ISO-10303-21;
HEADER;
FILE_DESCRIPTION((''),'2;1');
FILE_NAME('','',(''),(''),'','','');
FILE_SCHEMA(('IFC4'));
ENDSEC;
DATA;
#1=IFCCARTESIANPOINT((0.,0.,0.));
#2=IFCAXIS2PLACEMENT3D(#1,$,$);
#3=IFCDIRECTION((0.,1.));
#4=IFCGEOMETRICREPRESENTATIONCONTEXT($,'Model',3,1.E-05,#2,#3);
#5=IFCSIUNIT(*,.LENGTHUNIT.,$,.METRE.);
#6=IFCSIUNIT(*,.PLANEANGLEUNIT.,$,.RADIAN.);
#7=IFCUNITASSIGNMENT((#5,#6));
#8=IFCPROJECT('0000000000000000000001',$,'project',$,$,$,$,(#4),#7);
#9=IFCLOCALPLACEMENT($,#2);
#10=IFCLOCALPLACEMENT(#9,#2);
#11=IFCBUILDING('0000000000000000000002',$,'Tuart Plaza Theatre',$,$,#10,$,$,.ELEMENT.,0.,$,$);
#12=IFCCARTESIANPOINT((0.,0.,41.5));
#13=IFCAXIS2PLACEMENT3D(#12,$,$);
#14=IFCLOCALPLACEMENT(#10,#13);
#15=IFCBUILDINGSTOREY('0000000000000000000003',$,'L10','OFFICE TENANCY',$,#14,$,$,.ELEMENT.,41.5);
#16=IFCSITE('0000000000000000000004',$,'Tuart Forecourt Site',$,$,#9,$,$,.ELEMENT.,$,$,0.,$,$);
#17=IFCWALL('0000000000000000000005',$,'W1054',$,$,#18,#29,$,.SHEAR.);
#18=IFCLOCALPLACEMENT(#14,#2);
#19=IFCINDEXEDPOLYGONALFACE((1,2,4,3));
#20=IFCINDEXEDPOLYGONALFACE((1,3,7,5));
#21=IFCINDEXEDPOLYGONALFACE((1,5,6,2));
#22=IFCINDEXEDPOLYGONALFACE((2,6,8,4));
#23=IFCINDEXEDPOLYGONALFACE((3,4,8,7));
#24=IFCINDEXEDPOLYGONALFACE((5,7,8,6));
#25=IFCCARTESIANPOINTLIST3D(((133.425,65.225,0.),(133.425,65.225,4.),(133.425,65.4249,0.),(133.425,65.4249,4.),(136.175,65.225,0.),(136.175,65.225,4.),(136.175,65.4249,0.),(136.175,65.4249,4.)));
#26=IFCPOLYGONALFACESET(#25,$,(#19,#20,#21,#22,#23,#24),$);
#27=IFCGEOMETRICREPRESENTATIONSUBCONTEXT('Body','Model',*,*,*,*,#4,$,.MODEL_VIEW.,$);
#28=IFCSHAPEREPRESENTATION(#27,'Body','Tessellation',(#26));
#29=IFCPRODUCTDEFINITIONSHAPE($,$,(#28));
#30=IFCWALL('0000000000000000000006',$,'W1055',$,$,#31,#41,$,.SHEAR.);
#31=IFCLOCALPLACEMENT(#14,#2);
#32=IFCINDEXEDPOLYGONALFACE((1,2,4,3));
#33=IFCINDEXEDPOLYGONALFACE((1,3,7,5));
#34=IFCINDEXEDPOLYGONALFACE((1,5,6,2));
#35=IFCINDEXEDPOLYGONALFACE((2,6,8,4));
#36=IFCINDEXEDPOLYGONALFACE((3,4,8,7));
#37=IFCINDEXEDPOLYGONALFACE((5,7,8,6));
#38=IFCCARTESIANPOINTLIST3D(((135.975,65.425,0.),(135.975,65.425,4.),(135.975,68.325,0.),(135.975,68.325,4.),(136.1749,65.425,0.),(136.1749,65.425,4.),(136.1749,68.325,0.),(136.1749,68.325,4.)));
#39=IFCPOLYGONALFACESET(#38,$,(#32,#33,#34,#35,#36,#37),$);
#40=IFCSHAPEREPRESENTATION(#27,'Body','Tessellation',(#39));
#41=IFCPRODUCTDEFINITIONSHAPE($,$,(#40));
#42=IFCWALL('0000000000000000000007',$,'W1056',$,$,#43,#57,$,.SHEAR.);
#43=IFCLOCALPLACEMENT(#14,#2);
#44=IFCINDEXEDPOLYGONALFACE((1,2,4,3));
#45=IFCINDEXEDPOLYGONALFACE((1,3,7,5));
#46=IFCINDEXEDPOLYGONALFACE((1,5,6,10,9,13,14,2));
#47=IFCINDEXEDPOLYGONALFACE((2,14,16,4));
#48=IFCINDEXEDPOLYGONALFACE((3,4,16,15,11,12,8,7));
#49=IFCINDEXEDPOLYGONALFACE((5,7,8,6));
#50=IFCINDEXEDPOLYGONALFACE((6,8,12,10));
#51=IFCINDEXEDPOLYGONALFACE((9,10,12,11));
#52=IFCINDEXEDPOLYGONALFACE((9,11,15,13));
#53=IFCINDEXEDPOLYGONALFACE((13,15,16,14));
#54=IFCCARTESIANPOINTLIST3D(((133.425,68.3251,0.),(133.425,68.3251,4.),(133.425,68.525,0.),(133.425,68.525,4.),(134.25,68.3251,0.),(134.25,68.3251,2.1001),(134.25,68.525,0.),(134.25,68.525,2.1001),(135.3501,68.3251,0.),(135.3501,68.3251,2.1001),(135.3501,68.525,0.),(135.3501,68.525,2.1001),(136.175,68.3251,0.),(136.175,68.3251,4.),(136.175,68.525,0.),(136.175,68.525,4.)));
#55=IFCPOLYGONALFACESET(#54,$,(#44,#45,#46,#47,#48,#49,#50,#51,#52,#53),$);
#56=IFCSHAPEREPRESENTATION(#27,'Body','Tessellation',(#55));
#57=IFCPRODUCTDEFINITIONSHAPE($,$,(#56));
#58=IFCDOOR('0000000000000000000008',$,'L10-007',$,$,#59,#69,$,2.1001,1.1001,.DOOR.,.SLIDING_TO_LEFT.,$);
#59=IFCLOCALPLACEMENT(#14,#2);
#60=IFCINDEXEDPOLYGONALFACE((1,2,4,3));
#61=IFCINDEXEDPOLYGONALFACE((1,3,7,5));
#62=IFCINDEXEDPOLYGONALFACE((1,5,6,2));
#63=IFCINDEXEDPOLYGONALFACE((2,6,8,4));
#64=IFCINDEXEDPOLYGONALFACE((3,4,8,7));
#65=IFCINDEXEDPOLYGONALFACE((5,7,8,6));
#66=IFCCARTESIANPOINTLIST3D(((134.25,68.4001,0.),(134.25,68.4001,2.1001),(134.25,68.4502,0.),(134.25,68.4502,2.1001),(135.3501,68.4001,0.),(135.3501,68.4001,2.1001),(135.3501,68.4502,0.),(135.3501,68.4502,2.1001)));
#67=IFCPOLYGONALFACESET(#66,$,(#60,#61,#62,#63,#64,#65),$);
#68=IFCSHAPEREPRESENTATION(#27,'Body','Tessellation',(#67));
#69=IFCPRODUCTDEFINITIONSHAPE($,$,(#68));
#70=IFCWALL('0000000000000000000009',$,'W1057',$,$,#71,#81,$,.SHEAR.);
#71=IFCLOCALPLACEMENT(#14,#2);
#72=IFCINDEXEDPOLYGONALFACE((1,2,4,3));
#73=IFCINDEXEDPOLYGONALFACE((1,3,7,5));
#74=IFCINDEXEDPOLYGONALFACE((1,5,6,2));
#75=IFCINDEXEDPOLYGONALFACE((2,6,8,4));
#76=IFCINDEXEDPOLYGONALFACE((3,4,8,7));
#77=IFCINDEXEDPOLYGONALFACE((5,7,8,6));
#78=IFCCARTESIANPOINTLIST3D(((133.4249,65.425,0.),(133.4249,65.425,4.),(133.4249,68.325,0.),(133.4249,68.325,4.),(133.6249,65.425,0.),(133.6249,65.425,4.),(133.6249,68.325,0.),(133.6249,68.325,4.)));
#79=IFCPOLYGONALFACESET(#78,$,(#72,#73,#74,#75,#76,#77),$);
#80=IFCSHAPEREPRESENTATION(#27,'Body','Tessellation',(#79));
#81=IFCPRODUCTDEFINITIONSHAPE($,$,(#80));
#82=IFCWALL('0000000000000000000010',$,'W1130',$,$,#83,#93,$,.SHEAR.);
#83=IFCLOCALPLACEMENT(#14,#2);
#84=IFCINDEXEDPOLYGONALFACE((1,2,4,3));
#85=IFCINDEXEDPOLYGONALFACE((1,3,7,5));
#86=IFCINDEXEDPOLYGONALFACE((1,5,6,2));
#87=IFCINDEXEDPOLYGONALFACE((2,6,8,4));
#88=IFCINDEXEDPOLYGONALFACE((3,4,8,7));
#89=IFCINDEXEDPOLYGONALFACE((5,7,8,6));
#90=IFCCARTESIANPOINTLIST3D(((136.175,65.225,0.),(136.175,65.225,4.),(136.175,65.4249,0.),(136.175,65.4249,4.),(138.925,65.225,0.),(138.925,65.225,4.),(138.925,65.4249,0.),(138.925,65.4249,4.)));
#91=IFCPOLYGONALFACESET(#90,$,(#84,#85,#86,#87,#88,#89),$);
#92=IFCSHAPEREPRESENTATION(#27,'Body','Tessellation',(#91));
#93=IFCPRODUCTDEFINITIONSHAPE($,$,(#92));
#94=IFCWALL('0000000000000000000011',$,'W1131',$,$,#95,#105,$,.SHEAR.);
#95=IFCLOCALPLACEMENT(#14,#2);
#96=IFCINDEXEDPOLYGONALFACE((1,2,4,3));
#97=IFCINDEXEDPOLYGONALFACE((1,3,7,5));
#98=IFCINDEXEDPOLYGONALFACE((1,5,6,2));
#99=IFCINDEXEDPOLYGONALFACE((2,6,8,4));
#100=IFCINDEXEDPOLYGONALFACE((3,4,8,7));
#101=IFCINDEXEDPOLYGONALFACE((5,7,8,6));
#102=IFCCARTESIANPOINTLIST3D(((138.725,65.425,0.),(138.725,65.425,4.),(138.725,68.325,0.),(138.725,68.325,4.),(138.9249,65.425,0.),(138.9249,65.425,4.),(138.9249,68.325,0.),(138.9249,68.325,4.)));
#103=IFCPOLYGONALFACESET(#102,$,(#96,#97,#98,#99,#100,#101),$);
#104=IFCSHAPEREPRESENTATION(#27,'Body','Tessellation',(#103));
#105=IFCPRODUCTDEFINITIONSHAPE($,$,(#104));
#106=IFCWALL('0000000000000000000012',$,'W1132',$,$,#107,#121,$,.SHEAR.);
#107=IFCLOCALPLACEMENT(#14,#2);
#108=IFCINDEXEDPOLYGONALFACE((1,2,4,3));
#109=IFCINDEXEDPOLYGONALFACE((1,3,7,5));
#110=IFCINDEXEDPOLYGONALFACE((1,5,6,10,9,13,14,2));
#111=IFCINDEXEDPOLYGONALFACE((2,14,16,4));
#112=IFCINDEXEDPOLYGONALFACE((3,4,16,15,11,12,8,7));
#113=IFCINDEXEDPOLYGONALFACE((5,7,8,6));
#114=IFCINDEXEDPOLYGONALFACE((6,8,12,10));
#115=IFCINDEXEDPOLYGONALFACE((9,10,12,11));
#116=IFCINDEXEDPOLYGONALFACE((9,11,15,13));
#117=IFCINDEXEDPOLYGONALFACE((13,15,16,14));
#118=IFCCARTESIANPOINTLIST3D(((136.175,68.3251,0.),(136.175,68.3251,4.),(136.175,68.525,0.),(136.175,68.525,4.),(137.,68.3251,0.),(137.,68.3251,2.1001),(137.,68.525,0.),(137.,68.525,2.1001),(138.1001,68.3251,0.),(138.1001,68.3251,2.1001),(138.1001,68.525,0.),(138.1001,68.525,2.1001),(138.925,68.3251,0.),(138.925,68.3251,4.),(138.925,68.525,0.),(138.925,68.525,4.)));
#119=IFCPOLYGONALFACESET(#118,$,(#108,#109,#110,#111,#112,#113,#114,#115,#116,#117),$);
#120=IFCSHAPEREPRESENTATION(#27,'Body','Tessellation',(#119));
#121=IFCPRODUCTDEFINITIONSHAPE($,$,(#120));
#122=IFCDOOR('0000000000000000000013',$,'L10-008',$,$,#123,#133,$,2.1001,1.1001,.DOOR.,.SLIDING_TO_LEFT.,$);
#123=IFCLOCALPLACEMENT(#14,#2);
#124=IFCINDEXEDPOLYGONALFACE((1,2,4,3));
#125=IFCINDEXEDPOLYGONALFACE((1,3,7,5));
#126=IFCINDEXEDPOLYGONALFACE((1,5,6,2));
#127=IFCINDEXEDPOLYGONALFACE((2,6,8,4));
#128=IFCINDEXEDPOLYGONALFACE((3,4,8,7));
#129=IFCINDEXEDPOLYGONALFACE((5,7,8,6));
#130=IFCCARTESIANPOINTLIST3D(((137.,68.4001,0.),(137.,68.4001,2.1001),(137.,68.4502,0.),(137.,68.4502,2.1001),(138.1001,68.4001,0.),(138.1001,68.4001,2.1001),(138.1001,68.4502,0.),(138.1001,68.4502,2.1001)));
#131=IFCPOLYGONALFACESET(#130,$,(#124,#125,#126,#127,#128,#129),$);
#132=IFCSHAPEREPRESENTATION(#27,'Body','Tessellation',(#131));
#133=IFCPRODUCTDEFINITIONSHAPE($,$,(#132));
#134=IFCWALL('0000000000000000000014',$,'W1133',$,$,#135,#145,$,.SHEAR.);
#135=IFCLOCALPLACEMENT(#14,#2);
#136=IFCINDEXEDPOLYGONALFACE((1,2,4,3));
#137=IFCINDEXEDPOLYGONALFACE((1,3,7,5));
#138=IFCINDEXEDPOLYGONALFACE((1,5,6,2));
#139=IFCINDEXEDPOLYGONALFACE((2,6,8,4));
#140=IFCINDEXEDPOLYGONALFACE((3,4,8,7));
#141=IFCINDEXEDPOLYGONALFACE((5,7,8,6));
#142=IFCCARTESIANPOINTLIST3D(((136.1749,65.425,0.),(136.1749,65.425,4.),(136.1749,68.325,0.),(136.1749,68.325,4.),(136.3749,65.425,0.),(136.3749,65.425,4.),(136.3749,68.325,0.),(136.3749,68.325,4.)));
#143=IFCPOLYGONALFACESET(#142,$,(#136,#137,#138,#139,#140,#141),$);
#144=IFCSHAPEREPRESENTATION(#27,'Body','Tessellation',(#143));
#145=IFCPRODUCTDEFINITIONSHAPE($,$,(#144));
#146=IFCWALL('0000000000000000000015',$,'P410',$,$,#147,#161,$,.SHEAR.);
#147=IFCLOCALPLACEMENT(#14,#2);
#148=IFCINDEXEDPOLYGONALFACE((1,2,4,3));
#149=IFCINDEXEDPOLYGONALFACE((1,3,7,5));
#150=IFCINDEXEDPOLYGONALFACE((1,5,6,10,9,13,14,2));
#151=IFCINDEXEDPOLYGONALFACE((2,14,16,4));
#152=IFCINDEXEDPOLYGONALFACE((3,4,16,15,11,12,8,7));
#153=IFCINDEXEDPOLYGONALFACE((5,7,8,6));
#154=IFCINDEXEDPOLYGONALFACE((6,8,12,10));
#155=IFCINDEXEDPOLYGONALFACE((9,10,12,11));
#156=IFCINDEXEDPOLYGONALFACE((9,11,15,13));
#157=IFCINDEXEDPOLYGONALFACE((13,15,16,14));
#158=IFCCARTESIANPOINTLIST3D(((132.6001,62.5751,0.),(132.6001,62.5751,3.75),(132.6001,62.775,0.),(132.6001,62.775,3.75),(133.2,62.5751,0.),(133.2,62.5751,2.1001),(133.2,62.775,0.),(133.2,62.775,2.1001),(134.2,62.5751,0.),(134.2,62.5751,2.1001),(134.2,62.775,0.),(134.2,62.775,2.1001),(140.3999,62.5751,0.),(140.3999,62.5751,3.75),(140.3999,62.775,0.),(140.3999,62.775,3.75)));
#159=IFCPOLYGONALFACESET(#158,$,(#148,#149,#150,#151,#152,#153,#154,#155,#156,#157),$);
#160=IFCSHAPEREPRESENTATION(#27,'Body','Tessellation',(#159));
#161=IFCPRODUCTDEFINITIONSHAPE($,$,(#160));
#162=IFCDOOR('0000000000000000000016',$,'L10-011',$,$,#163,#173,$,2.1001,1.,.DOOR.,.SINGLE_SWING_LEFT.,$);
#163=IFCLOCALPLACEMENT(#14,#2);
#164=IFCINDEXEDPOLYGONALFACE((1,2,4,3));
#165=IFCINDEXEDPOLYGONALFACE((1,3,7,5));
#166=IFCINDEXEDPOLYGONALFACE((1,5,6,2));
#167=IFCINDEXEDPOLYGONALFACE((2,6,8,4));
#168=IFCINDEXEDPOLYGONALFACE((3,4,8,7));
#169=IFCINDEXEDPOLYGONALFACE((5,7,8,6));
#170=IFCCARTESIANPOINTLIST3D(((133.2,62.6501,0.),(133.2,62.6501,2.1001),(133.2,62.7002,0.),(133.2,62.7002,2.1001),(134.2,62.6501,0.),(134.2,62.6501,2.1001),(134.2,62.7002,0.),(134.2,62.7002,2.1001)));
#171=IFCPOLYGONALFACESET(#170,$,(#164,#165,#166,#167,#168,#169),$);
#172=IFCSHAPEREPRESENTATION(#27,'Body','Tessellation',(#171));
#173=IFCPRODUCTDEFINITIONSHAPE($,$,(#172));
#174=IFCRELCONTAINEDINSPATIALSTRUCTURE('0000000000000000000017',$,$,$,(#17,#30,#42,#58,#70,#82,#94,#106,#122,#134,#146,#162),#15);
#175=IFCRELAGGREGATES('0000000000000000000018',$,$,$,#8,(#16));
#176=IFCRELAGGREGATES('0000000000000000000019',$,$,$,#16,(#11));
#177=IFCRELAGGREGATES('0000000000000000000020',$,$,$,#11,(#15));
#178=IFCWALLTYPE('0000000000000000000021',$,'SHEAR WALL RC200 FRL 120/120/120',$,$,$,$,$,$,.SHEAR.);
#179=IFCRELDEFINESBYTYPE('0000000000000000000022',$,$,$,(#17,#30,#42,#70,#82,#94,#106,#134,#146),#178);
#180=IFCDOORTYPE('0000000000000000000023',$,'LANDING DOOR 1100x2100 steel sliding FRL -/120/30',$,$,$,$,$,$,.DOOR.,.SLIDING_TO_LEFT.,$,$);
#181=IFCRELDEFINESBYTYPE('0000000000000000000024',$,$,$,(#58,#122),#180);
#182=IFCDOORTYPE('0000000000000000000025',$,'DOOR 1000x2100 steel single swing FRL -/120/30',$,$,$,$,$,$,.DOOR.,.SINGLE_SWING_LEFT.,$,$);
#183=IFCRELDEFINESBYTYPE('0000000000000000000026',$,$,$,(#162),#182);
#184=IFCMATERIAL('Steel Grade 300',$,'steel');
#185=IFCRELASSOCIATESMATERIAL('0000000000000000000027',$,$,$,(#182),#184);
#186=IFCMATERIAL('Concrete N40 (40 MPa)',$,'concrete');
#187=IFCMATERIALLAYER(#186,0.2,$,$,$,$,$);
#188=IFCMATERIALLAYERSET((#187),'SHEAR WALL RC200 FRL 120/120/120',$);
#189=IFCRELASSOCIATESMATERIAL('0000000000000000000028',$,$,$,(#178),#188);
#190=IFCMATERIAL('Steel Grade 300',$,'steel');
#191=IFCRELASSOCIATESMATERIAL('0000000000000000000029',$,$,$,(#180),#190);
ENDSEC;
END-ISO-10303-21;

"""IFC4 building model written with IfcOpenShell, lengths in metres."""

from ifc_helpers import new_model, si_unit, direction, frame, frame_2d, origin, place, context, subcontext, project, spatial, rectangle, extrude, material, layer, layer_set, type_object, element, fill, save


model = new_model("IFC4")

# Units and contexts
model_context = context("Model", 3, precision=1e-05, world=origin(), true_north=direction((0.0, 1.0)))
body_context = subcontext(model_context, "Body", "Model", "MODEL_VIEW")
ifc_project = project(units=[si_unit("LENGTHUNIT", "METRE"), si_unit("PLANEANGLEUNIT", "RADIAN")], contexts=[model_context])

# Site, building, storey
site_placement = place(None, origin())
site = spatial("IfcSite", under=ifc_project, at=site_placement, Name="Tuart Forecourt Site", CompositionType="ELEMENT", RefElevation=0.0)
building_placement = place(site_placement, origin())
building = spatial("IfcBuilding", under=site, at=building_placement, Name="Tuart Plaza Theatre", CompositionType="ELEMENT", ElevationOfRefHeight=0.0)
storey_placement = place(building_placement, frame((0.0, 0.0, 41.5)))
storey = spatial("IfcBuildingStorey", under=building, at=storey_placement, Name="L10", Description="OFFICE TENANCY", CompositionType="ELEMENT", Elevation=41.5)

# Shared definitions
ifc_material_1 = material(Name="Steel Grade 300", Category="steel")
door_type_1 = type_object("IfcDoorType", Name="DOOR 1000x2100 steel single swing FRL -/120/30", OperationType="SINGLE_SWING_LEFT", PredefinedType="DOOR", material=ifc_material_1)

# Walls
ifc_material_2 = material(Name="Concrete N40 (40 MPa)", Category="concrete")
ifc_layer_1 = layer(ifc_material_2, 0.2)
ifc_layer_set_1 = layer_set([ifc_layer_1], Name="SHEAR WALL RC200 FRL 120/120/120")
wall_type_1 = type_object("IfcWallType", Name="SHEAR WALL RC200 FRL 120/120/120", PredefinedType="SHEAR", material=ifc_layer_set_1)
wall_1_placement = place(storey_placement, frame((133.425, 65.325, 0.0), z_axis=(0.0, 0.0, 1.0), x_axis=(1.0, 0.0, 0.0)))
element("IfcWall", 1, at=wall_1_placement, inside=storey, type_object=wall_type_1, Name="W1054", PredefinedType="SHEAR", context=body_context, shape_type="SweptSolid", body=[
    extrude(rectangle(XDim=2.75, YDim=0.2, at=frame_2d((1.375, 0.0))), origin(), (0.0, 0.0, 1.0), 4.0),
])
wall_2_placement = place(storey_placement, frame((136.075, 65.425, 0.0), z_axis=(0.0, 0.0, 1.0), x_axis=(0.0, 1.0, 0.0)))
element("IfcWall", 2, at=wall_2_placement, inside=storey, type_object=wall_type_1, Name="W1055", PredefinedType="SHEAR", context=body_context, shape_type="SweptSolid", body=[
    extrude(rectangle(XDim=2.8999, YDim=0.2, at=frame_2d((1.45, 0.0))), origin(), (0.0, 0.0, 1.0), 4.0),
])

# Wall, opening, door
wall_3_placement = place(storey_placement, frame((136.175, 68.425, 0.0), z_axis=(0.0, 0.0, 1.0), x_axis=(-1.0, 0.0, 0.0)))
wall_3 = element("IfcWall", 3, at=wall_3_placement, inside=storey, type_object=wall_type_1, Name="W1056", PredefinedType="SHEAR", context=body_context, shape_type="SweptSolid", body=[
    extrude(rectangle(XDim=2.75, YDim=0.2, at=frame_2d((1.375, 0.0))), origin(), (0.0, 0.0, 1.0), 4.0),
])
opening_1_placement = place(wall_3_placement, frame((0.825, 0.0, 0.0)))
opening_1 = element("IfcOpeningElement", 4, at=opening_1_placement, cuts=wall_3, PredefinedType="OPENING", context=body_context, shape_type="SweptSolid", body=[
    extrude(rectangle(XDim=1.1001, YDim=2.1001, at=frame_2d((0.55, 1.05))), frame((0.0, 0.1099, 0.0), z_axis=(0.0, -1.0, 0.0), x_axis=(1.0, 0.0, 0.0)), (0.0, 0.0, 1.0), 0.22),
])
ifc_material_3 = material(Name="Steel Grade 300", Category="steel")
door_type_2 = type_object("IfcDoorType", Name="LANDING DOOR 1100x2100 steel sliding FRL -/120/30", OperationType="SLIDING_TO_LEFT", PredefinedType="DOOR", material=ifc_material_3)
door_1_placement = place(opening_1_placement, origin())
door_1 = element("IfcDoor", 5, at=door_1_placement, inside=storey, type_object=door_type_2, Name="L10-007", OperationType="SLIDING_TO_LEFT", OverallHeight=2.1001, OverallWidth=1.1001, PredefinedType="DOOR", context=body_context, shape_type="SweptSolid", body=[
    extrude(rectangle(XDim=1.1001, YDim=2.1001, at=frame_2d((0.55, 1.05))), frame((0.0, 0.0249, 0.0), z_axis=(0.0, -1.0, 0.0), x_axis=(1.0, 0.0, 0.0)), (0.0, 0.0, 1.0), 0.05),
])
fill(opening_1, door_1)

# Walls
wall_4_placement = place(storey_placement, frame((133.5249, 68.325, 0.0), z_axis=(0.0, 0.0, 1.0), x_axis=(0.0, -1.0, 0.0)))
element("IfcWall", 6, at=wall_4_placement, inside=storey, type_object=wall_type_1, Name="W1057", PredefinedType="SHEAR", context=body_context, shape_type="SweptSolid", body=[
    extrude(rectangle(XDim=2.8999, YDim=0.2, at=frame_2d((1.45, 0.0))), origin(), (0.0, 0.0, 1.0), 4.0),
])
wall_5_placement = place(storey_placement, frame((136.175, 65.325, 0.0), z_axis=(0.0, 0.0, 1.0), x_axis=(1.0, 0.0, 0.0)))
element("IfcWall", 7, at=wall_5_placement, inside=storey, type_object=wall_type_1, Name="W1130", PredefinedType="SHEAR", context=body_context, shape_type="SweptSolid", body=[
    extrude(rectangle(XDim=2.75, YDim=0.2, at=frame_2d((1.375, 0.0))), origin(), (0.0, 0.0, 1.0), 4.0),
])
wall_6_placement = place(storey_placement, frame((138.825, 65.425, 0.0), z_axis=(0.0, 0.0, 1.0), x_axis=(0.0, 1.0, 0.0)))
element("IfcWall", 8, at=wall_6_placement, inside=storey, type_object=wall_type_1, Name="W1131", PredefinedType="SHEAR", context=body_context, shape_type="SweptSolid", body=[
    extrude(rectangle(XDim=2.8999, YDim=0.2, at=frame_2d((1.45, 0.0))), origin(), (0.0, 0.0, 1.0), 4.0),
])

# Wall, opening, door
wall_7_placement = place(storey_placement, frame((138.925, 68.425, 0.0), z_axis=(0.0, 0.0, 1.0), x_axis=(-1.0, 0.0, 0.0)))
wall_7 = element("IfcWall", 9, at=wall_7_placement, inside=storey, type_object=wall_type_1, Name="W1132", PredefinedType="SHEAR", context=body_context, shape_type="SweptSolid", body=[
    extrude(rectangle(XDim=2.75, YDim=0.2, at=frame_2d((1.375, 0.0))), origin(), (0.0, 0.0, 1.0), 4.0),
])
opening_2_placement = place(wall_7_placement, frame((0.825, 0.0, 0.0)))
opening_2 = element("IfcOpeningElement", 10, at=opening_2_placement, cuts=wall_7, PredefinedType="OPENING", context=body_context, shape_type="SweptSolid", body=[
    extrude(rectangle(XDim=1.1001, YDim=2.1001, at=frame_2d((0.55, 1.05))), frame((0.0, 0.1099, 0.0), z_axis=(0.0, -1.0, 0.0), x_axis=(1.0, 0.0, 0.0)), (0.0, 0.0, 1.0), 0.22),
])
door_2_placement = place(opening_2_placement, origin())
door_2 = element("IfcDoor", 11, at=door_2_placement, inside=storey, type_object=door_type_2, Name="L10-008", OperationType="SLIDING_TO_LEFT", OverallHeight=2.1001, OverallWidth=1.1001, PredefinedType="DOOR", context=body_context, shape_type="SweptSolid", body=[
    extrude(rectangle(XDim=1.1001, YDim=2.1001, at=frame_2d((0.55, 1.05))), frame((0.0, 0.0249, 0.0), z_axis=(0.0, -1.0, 0.0), x_axis=(1.0, 0.0, 0.0)), (0.0, 0.0, 1.0), 0.05),
])
fill(opening_2, door_2)

# Wall
wall_8_placement = place(storey_placement, frame((136.2749, 68.325, 0.0), z_axis=(0.0, 0.0, 1.0), x_axis=(0.0, -1.0, 0.0)))
element("IfcWall", 12, at=wall_8_placement, inside=storey, type_object=wall_type_1, Name="W1133", PredefinedType="SHEAR", context=body_context, shape_type="SweptSolid", body=[
    extrude(rectangle(XDim=2.8999, YDim=0.2, at=frame_2d((1.45, 0.0))), origin(), (0.0, 0.0, 1.0), 4.0),
])

# Wall, opening, door
wall_9_placement = place(storey_placement, frame((140.3999, 62.675, 0.0), z_axis=(0.0, 0.0, 1.0), x_axis=(-1.0, 0.0, 0.0)))
wall_9 = element("IfcWall", 13, at=wall_9_placement, inside=storey, type_object=wall_type_1, Name="P410", PredefinedType="SHEAR", context=body_context, shape_type="SweptSolid", body=[
    extrude(rectangle(XDim=7.7998, YDim=0.2, at=frame_2d((3.8999, 0.0))), origin(), (0.0, 0.0, 1.0), 3.75),
])
opening_3_placement = place(wall_9_placement, frame((6.2, 0.0, 0.0)))
opening_3 = element("IfcOpeningElement", 14, at=opening_3_placement, cuts=wall_9, PredefinedType="OPENING", context=body_context, shape_type="SweptSolid", body=[
    extrude(rectangle(XDim=1.0, YDim=2.1001, at=frame_2d((0.5, 1.05))), frame((0.0, 0.1099, 0.0), z_axis=(0.0, -1.0, 0.0), x_axis=(1.0, 0.0, 0.0)), (0.0, 0.0, 1.0), 0.22),
])
door_3_placement = place(opening_3_placement, origin())
door_3 = element("IfcDoor", 15, at=door_3_placement, inside=storey, type_object=door_type_1, Name="L10-011", OperationType="SINGLE_SWING_LEFT", OverallHeight=2.1001, OverallWidth=1.0, PredefinedType="DOOR", context=body_context, shape_type="SweptSolid", body=[
    extrude(rectangle(XDim=1.0, YDim=2.1001, at=frame_2d((0.5, 1.05))), frame((0.0, 0.0249, 0.0), z_axis=(0.0, -1.0, 0.0), x_axis=(1.0, 0.0, 0.0)), (0.0, 0.0, 1.0), 0.05),
])
fill(opening_3, door_3)

save(model, "model.ifc")
